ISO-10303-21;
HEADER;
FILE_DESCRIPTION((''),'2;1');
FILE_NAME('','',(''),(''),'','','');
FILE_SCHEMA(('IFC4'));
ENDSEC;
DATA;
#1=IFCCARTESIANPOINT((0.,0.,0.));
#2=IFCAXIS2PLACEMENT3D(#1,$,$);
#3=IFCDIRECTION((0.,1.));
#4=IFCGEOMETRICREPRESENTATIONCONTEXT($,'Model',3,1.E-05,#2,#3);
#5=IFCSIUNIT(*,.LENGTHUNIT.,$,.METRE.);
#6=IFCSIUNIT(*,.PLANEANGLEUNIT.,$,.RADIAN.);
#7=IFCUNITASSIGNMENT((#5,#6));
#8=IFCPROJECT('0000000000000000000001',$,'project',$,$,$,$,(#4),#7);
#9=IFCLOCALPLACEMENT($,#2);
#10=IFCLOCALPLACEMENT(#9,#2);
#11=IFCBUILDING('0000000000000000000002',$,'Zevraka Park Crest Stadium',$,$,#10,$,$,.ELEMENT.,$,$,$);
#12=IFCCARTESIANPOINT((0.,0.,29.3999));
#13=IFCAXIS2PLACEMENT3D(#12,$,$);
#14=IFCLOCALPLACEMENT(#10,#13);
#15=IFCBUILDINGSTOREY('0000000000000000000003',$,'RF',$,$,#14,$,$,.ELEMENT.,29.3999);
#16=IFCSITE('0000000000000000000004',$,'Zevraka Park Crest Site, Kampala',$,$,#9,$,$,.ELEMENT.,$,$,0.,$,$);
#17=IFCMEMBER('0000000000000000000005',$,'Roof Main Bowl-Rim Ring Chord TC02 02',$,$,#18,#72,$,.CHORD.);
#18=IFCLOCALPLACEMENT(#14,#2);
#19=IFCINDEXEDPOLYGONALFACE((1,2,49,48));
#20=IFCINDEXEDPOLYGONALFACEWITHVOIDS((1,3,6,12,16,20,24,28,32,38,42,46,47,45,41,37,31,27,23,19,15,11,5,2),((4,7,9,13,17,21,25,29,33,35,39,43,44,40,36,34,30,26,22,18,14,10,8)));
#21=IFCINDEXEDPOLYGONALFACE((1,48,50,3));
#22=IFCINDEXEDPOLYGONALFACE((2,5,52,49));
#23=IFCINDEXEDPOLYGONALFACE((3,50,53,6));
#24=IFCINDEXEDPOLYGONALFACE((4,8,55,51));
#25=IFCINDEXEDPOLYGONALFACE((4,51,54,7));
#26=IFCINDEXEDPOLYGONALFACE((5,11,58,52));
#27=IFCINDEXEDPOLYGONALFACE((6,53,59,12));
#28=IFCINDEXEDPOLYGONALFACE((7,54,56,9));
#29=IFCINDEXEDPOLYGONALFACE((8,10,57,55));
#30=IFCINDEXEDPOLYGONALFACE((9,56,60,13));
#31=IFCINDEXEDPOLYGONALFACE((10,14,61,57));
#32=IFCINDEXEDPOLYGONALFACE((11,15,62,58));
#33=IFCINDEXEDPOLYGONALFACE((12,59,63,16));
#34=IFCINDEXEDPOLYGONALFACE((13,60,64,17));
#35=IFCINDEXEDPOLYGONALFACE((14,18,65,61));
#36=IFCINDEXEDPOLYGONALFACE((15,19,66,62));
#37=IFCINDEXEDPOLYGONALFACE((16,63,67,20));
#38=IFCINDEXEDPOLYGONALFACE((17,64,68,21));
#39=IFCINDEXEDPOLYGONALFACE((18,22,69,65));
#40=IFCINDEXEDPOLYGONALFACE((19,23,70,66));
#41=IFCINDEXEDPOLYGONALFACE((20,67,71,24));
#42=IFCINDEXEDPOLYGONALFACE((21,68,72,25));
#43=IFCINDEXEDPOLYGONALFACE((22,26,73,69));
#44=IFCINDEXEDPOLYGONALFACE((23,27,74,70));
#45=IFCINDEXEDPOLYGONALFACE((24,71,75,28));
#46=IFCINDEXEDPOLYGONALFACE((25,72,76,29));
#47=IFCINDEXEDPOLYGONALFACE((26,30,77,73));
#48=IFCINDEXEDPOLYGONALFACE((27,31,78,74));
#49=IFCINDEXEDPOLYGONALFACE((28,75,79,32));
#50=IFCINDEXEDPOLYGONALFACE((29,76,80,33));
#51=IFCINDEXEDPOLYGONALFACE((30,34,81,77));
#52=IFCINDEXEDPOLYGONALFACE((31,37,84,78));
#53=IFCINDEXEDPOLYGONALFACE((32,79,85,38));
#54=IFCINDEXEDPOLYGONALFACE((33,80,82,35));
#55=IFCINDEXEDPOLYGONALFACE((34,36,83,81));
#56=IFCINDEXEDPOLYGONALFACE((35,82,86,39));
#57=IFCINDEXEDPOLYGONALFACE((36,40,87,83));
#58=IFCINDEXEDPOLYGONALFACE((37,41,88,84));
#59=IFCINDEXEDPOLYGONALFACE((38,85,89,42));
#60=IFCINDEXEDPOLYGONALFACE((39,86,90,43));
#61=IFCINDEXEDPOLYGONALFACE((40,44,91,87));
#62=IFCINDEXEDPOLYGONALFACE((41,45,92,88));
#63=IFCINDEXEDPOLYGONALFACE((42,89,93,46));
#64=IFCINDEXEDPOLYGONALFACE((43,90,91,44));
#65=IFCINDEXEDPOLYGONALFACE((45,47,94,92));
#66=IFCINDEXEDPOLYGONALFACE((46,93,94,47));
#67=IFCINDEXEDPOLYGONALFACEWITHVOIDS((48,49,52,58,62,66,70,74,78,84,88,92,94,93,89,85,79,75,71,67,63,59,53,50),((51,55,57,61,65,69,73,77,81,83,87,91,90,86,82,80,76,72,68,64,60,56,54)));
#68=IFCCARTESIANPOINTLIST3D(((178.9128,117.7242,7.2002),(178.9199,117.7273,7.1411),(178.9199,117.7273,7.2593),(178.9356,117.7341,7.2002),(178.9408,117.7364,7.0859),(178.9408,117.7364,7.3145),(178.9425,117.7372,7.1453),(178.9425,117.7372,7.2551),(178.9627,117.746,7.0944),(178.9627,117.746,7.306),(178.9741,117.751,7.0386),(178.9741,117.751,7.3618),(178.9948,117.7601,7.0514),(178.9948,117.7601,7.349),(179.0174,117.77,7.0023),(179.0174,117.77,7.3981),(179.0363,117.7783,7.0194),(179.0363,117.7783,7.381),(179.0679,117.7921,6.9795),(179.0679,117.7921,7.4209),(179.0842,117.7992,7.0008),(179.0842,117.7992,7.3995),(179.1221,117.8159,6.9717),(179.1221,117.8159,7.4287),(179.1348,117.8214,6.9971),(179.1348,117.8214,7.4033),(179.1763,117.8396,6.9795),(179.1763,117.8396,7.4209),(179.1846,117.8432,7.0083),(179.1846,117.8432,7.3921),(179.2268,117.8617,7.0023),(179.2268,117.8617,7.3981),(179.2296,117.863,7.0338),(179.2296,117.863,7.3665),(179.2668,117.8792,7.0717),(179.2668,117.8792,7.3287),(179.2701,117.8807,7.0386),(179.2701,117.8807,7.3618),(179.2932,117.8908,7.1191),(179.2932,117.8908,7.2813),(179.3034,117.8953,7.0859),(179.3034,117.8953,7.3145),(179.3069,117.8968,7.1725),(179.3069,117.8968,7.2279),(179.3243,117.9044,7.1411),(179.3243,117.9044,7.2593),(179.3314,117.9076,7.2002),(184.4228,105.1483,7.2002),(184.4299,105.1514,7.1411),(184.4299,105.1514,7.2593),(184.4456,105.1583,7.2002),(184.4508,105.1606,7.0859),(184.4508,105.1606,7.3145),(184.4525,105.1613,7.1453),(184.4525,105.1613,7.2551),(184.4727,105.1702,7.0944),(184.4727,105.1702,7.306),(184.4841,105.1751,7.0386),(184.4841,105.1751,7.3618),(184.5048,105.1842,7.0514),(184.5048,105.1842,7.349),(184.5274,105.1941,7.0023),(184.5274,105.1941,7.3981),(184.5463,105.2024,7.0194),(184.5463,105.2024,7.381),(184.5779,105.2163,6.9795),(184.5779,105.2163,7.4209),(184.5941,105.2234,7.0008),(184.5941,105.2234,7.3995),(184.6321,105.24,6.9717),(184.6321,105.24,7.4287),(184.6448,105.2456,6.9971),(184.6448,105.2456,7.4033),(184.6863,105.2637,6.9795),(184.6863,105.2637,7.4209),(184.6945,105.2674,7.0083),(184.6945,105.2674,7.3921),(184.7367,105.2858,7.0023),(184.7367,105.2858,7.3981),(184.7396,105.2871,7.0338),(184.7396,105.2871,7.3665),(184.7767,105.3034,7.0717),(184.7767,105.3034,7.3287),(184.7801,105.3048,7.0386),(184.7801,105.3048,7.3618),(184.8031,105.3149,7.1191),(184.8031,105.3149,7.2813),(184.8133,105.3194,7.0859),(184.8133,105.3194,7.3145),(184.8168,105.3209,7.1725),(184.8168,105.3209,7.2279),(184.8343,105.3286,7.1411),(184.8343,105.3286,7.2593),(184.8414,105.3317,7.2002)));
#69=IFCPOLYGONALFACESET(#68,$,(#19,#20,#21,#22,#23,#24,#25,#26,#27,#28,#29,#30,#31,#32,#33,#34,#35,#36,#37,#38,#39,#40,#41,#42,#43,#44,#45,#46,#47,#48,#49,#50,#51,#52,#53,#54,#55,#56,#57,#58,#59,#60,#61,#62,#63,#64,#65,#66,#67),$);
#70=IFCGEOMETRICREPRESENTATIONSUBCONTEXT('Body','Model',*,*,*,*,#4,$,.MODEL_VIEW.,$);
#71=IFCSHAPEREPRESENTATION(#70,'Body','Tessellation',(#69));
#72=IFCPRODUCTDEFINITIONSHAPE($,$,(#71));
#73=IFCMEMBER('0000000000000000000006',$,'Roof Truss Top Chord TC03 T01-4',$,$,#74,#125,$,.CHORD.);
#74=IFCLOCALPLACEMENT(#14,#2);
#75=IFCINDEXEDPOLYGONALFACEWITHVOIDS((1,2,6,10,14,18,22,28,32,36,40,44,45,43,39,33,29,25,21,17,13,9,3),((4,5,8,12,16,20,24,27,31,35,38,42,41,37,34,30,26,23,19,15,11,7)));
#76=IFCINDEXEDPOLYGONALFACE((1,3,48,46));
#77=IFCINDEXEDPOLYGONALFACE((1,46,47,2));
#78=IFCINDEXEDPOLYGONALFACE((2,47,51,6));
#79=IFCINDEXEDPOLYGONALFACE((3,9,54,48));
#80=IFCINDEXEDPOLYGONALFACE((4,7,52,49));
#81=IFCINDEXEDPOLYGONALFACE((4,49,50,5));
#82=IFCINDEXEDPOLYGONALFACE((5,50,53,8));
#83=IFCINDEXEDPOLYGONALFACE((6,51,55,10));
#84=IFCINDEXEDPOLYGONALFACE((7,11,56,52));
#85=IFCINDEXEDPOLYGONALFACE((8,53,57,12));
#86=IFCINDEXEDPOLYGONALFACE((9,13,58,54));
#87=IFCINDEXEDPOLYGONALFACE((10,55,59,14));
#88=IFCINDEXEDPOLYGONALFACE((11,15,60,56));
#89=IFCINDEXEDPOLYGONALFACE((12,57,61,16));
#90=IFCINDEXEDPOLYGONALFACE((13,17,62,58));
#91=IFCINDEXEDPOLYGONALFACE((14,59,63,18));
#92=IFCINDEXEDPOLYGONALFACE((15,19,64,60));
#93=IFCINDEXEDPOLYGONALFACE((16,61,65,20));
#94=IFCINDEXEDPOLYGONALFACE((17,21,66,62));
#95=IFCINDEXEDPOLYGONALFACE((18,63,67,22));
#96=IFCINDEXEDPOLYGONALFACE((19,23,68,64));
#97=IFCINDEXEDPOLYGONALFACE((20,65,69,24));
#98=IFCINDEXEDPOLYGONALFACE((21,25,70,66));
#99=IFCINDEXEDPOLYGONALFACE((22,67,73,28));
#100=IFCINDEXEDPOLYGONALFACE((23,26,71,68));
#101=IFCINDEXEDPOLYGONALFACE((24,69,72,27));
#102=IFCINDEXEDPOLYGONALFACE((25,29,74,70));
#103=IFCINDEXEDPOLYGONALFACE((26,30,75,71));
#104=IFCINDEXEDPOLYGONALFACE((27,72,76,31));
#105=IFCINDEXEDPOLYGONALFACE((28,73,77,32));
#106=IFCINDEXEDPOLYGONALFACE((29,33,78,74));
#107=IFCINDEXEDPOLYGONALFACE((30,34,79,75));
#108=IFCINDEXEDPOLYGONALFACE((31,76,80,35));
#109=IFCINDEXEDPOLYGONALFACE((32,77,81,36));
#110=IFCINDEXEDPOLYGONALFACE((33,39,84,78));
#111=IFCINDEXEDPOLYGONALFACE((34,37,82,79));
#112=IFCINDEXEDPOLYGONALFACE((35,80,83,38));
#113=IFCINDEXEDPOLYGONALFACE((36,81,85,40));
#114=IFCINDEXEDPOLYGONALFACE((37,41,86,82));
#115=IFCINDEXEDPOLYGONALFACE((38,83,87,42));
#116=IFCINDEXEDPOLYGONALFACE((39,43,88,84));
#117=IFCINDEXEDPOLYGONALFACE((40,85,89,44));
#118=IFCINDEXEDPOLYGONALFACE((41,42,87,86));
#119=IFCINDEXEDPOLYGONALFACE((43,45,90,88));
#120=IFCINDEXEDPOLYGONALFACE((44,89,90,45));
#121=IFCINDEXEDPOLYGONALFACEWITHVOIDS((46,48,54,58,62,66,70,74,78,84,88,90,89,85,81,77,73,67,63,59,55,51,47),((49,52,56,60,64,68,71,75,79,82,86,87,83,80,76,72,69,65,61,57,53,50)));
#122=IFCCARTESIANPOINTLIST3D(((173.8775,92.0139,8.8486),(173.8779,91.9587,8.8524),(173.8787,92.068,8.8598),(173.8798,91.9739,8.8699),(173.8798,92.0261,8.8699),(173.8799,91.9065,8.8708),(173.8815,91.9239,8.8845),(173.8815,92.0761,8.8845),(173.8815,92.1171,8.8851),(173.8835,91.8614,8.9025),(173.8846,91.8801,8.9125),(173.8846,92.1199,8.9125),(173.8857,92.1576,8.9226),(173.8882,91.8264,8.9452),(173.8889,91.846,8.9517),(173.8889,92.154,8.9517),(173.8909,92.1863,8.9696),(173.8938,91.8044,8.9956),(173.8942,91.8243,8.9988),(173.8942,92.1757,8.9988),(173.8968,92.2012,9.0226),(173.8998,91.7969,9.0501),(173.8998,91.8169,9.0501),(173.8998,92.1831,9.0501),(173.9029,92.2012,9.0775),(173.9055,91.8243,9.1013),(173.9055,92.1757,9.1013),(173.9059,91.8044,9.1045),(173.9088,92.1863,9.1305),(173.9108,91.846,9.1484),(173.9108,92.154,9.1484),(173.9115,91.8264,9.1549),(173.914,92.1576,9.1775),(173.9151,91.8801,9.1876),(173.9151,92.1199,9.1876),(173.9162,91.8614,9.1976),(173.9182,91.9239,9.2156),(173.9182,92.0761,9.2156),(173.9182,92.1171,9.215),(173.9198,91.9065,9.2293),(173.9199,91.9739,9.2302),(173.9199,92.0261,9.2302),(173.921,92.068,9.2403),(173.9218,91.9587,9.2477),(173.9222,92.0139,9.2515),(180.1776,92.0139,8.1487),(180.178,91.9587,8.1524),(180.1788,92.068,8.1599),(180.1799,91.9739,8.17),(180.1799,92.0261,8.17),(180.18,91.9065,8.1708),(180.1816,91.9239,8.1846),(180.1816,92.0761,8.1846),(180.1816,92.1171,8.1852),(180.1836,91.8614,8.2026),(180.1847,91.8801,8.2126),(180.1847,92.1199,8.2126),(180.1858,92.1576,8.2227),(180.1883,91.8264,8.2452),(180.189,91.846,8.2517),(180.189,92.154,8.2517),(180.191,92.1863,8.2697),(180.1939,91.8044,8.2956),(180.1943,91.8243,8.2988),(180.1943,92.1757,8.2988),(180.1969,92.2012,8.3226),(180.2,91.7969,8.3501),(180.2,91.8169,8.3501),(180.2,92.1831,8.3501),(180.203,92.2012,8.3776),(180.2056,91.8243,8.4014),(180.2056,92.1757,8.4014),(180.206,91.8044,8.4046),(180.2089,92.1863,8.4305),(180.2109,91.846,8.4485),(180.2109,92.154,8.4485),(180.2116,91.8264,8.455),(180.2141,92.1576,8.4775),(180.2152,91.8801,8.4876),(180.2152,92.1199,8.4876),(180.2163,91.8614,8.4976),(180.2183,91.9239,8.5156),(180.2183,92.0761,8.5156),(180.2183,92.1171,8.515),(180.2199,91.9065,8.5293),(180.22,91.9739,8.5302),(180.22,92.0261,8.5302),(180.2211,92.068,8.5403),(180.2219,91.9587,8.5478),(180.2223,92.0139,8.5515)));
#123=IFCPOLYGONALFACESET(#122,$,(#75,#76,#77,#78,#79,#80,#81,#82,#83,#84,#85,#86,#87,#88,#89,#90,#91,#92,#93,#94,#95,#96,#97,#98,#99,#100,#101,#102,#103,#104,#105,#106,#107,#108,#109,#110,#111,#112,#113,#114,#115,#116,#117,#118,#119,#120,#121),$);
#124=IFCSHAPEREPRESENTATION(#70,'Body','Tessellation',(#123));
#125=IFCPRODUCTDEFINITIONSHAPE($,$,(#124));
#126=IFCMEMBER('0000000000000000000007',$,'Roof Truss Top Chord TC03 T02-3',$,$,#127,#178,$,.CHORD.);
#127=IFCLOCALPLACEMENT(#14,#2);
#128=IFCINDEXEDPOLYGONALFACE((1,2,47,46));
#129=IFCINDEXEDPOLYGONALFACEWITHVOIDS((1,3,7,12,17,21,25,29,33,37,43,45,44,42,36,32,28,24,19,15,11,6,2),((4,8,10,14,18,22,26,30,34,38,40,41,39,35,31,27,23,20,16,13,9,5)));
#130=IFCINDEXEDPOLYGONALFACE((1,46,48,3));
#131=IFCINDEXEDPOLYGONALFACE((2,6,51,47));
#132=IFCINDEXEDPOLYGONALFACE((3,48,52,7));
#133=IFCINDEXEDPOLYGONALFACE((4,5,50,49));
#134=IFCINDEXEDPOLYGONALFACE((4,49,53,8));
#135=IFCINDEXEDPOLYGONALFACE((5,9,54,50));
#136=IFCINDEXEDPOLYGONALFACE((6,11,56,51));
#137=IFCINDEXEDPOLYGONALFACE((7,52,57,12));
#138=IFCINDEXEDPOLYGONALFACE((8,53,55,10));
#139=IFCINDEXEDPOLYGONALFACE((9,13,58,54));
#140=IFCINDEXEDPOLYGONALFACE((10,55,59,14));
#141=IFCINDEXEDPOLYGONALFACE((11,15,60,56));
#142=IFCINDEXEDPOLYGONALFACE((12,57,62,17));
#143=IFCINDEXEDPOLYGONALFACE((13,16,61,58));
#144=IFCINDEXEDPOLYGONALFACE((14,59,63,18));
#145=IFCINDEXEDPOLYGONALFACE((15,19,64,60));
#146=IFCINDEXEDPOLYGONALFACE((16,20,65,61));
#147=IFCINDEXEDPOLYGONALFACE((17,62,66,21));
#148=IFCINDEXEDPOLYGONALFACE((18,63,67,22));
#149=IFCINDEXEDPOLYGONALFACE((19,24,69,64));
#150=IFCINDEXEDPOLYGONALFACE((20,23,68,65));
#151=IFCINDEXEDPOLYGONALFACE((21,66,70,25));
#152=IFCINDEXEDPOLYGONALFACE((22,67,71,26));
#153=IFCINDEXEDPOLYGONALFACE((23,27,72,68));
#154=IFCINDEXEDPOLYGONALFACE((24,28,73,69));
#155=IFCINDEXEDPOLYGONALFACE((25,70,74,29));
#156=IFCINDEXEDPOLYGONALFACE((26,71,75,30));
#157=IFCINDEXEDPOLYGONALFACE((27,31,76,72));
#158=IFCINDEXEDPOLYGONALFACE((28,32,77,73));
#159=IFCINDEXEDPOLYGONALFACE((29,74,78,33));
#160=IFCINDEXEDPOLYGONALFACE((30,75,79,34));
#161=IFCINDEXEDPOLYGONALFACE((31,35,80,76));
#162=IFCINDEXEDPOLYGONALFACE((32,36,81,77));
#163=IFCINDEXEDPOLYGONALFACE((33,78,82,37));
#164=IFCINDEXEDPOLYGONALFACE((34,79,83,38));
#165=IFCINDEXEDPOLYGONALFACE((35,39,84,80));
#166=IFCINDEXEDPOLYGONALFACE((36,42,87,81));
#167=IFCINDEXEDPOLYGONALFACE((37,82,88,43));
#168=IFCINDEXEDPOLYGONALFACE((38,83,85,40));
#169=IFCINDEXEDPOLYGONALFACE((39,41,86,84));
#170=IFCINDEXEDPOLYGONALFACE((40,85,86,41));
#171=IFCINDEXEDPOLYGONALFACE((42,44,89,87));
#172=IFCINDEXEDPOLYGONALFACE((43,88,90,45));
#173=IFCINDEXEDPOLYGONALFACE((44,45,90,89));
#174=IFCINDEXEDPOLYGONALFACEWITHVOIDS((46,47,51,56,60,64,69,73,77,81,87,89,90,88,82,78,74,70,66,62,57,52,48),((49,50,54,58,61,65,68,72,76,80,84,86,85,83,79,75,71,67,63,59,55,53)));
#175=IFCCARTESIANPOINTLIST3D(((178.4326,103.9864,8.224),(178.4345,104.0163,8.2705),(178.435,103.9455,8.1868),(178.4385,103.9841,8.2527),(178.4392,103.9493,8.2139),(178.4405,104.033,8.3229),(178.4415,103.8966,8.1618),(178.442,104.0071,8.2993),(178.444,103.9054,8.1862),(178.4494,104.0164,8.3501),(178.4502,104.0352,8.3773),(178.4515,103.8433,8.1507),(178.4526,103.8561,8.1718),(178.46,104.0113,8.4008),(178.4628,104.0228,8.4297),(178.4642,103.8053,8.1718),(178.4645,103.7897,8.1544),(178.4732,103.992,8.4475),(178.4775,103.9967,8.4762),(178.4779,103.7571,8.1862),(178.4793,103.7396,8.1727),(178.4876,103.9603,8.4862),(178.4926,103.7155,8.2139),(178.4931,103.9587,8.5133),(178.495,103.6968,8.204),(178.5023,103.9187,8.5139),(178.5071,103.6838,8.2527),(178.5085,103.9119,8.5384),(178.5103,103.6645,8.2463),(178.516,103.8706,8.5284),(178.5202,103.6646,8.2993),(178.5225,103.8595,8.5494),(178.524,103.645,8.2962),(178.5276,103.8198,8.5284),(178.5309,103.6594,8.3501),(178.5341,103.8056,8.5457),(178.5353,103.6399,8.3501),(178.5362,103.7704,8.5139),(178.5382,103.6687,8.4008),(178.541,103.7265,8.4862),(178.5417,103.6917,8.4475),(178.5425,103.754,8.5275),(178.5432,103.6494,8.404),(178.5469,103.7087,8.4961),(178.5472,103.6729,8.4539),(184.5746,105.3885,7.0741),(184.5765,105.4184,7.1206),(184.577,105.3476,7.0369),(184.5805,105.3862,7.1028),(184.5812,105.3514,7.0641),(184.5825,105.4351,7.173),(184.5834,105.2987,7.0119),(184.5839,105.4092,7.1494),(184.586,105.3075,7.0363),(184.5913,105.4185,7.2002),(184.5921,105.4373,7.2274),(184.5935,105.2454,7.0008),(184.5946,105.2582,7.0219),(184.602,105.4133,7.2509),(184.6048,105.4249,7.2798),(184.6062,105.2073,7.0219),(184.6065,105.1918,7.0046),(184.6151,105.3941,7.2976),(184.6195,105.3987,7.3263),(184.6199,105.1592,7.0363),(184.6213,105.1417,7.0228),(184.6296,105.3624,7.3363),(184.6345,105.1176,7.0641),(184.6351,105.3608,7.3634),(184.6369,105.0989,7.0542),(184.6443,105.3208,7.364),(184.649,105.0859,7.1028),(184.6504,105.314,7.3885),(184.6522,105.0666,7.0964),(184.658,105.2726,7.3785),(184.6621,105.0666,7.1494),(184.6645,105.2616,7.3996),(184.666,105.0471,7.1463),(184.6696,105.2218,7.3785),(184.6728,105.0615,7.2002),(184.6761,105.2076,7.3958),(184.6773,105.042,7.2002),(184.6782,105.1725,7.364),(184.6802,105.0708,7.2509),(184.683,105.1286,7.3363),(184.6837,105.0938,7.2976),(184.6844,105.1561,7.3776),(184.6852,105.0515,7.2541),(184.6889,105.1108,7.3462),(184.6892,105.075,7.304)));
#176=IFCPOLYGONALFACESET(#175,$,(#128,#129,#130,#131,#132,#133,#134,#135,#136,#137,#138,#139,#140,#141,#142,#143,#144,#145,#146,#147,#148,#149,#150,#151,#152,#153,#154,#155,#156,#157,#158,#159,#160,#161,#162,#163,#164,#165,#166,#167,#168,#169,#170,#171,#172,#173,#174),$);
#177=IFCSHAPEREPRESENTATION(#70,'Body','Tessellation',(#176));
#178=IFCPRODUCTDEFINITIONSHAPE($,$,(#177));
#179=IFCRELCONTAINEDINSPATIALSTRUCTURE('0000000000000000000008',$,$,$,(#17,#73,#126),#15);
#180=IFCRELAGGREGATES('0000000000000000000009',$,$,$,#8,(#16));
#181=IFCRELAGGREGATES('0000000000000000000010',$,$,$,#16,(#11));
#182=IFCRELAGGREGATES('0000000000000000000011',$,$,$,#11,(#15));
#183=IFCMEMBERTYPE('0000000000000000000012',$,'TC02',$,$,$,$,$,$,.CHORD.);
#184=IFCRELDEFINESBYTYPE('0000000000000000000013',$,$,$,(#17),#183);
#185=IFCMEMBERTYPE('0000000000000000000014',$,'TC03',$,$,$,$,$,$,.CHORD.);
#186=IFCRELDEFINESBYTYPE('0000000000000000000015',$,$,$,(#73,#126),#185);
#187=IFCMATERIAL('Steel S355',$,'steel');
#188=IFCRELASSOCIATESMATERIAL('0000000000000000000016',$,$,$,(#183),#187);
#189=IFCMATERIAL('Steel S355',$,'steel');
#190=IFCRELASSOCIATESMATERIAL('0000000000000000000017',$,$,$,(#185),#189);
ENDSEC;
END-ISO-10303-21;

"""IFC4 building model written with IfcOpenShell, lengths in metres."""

from ifc_helpers import new_model, si_unit, direction, frame, origin, origin_2d, place, context, subcontext, project, spatial, hollow_circle, extrude, material, material_profile, profile_set, type_object, element, save


model = new_model("IFC4")

# Units and contexts
model_context = context("Model", 3, precision=1e-05, world=origin(), true_north=direction((0.0, 1.0)))
body_context = subcontext(model_context, "Body", "Model", "MODEL_VIEW")
ifc_project = project(units=[si_unit("LENGTHUNIT", "METRE"), si_unit("PLANEANGLEUNIT", "RADIAN")], contexts=[model_context])

# Site, building, storey
site_placement = place(None, origin())
site = spatial("IfcSite", under=ifc_project, at=site_placement, Name="Zevraka Park Crest Site, Kampala", CompositionType="ELEMENT", RefElevation=0.0)
building_placement = place(site_placement, origin())
building = spatial("IfcBuilding", under=site, at=building_placement, Name="Zevraka Park Crest Stadium", CompositionType="ELEMENT")
storey_placement = place(building_placement, frame((0.0, 0.0, 29.3999)))
storey = spatial("IfcBuildingStorey", under=building, at=storey_placement, Name="RF", CompositionType="ELEMENT", Elevation=29.3999)

# Members
ifc_material_1 = material(Name="Steel S355", Category="steel")
ifc_material_profile_1 = material_profile(ifc_material_1, hollow_circle(Radius=0.2285, WallThickness=0.0249, at=origin_2d()), Name="CHS 457.0x25")
ifc_profile_set_1 = profile_set([ifc_material_profile_1], Name="Steel S355")
member_type_1 = type_object("IfcMemberType", Name="TC02", PredefinedType="CHORD", material=ifc_profile_set_1)
member_1_placement = place(storey_placement, frame((184.6321, 105.24, 7.2002), z_axis=(-0.40131, 0.915942, 0.0), x_axis=(-0.915942, -0.40131, 0.0)))
element("IfcMember", 1, at=member_1_placement, inside=storey, type_object=member_type_1, Name="Roof Main Bowl-Rim Ring Chord TC02 02", PredefinedType="CHORD", context=body_context, shape_type="SweptSolid", body=[
    extrude(hollow_circle(Radius=0.2285, WallThickness=0.0249, at=origin_2d()), origin(), (0.0, 0.0, 1.0), 13.73),
])
ifc_material_2 = material(Name="Steel S355", Category="steel")
ifc_material_profile_2 = material_profile(ifc_material_2, hollow_circle(Radius=0.2031, WallThickness=0.02, at=origin_2d()), Name="CHS 406.4x20")
ifc_profile_set_2 = profile_set([ifc_material_profile_2], Name="Steel S355")
member_type_2 = type_object("IfcMemberType", Name="TC03", PredefinedType="CHORD", material=ifc_profile_set_2)
member_2_placement = place(storey_placement, frame((180.2, 92.0, 8.3501), z_axis=(-0.993885, 0.0, 0.110423), x_axis=(0.0, -1.0, 0.0)))
element("IfcMember", 2, at=member_2_placement, inside=storey, type_object=member_type_2, Name="Roof Truss Top Chord TC03 T01-4", PredefinedType="CHORD", context=body_context, shape_type="SweptSolid", body=[
    extrude(hollow_circle(Radius=0.2031, WallThickness=0.02, at=origin_2d()), origin(), (0.0, 0.0, 1.0), 6.3389),
])
member_3_placement = place(storey_placement, frame((184.6321, 105.24, 7.2002), z_axis=(-0.959076, -0.218935, 0.179555), x_axis=(0.222552, -0.974921, 0.0)))
element("IfcMember", 3, at=member_3_placement, inside=storey, type_object=member_type_2, Name="Roof Truss Top Chord TC03 T02-3", PredefinedType="CHORD", context=body_context, shape_type="SweptSolid", body=[
    extrude(hollow_circle(Radius=0.2031, WallThickness=0.02, at=origin_2d()), origin(), (0.0, 0.0, 1.0), 6.4041),
])

save(model, "model.ifc")
